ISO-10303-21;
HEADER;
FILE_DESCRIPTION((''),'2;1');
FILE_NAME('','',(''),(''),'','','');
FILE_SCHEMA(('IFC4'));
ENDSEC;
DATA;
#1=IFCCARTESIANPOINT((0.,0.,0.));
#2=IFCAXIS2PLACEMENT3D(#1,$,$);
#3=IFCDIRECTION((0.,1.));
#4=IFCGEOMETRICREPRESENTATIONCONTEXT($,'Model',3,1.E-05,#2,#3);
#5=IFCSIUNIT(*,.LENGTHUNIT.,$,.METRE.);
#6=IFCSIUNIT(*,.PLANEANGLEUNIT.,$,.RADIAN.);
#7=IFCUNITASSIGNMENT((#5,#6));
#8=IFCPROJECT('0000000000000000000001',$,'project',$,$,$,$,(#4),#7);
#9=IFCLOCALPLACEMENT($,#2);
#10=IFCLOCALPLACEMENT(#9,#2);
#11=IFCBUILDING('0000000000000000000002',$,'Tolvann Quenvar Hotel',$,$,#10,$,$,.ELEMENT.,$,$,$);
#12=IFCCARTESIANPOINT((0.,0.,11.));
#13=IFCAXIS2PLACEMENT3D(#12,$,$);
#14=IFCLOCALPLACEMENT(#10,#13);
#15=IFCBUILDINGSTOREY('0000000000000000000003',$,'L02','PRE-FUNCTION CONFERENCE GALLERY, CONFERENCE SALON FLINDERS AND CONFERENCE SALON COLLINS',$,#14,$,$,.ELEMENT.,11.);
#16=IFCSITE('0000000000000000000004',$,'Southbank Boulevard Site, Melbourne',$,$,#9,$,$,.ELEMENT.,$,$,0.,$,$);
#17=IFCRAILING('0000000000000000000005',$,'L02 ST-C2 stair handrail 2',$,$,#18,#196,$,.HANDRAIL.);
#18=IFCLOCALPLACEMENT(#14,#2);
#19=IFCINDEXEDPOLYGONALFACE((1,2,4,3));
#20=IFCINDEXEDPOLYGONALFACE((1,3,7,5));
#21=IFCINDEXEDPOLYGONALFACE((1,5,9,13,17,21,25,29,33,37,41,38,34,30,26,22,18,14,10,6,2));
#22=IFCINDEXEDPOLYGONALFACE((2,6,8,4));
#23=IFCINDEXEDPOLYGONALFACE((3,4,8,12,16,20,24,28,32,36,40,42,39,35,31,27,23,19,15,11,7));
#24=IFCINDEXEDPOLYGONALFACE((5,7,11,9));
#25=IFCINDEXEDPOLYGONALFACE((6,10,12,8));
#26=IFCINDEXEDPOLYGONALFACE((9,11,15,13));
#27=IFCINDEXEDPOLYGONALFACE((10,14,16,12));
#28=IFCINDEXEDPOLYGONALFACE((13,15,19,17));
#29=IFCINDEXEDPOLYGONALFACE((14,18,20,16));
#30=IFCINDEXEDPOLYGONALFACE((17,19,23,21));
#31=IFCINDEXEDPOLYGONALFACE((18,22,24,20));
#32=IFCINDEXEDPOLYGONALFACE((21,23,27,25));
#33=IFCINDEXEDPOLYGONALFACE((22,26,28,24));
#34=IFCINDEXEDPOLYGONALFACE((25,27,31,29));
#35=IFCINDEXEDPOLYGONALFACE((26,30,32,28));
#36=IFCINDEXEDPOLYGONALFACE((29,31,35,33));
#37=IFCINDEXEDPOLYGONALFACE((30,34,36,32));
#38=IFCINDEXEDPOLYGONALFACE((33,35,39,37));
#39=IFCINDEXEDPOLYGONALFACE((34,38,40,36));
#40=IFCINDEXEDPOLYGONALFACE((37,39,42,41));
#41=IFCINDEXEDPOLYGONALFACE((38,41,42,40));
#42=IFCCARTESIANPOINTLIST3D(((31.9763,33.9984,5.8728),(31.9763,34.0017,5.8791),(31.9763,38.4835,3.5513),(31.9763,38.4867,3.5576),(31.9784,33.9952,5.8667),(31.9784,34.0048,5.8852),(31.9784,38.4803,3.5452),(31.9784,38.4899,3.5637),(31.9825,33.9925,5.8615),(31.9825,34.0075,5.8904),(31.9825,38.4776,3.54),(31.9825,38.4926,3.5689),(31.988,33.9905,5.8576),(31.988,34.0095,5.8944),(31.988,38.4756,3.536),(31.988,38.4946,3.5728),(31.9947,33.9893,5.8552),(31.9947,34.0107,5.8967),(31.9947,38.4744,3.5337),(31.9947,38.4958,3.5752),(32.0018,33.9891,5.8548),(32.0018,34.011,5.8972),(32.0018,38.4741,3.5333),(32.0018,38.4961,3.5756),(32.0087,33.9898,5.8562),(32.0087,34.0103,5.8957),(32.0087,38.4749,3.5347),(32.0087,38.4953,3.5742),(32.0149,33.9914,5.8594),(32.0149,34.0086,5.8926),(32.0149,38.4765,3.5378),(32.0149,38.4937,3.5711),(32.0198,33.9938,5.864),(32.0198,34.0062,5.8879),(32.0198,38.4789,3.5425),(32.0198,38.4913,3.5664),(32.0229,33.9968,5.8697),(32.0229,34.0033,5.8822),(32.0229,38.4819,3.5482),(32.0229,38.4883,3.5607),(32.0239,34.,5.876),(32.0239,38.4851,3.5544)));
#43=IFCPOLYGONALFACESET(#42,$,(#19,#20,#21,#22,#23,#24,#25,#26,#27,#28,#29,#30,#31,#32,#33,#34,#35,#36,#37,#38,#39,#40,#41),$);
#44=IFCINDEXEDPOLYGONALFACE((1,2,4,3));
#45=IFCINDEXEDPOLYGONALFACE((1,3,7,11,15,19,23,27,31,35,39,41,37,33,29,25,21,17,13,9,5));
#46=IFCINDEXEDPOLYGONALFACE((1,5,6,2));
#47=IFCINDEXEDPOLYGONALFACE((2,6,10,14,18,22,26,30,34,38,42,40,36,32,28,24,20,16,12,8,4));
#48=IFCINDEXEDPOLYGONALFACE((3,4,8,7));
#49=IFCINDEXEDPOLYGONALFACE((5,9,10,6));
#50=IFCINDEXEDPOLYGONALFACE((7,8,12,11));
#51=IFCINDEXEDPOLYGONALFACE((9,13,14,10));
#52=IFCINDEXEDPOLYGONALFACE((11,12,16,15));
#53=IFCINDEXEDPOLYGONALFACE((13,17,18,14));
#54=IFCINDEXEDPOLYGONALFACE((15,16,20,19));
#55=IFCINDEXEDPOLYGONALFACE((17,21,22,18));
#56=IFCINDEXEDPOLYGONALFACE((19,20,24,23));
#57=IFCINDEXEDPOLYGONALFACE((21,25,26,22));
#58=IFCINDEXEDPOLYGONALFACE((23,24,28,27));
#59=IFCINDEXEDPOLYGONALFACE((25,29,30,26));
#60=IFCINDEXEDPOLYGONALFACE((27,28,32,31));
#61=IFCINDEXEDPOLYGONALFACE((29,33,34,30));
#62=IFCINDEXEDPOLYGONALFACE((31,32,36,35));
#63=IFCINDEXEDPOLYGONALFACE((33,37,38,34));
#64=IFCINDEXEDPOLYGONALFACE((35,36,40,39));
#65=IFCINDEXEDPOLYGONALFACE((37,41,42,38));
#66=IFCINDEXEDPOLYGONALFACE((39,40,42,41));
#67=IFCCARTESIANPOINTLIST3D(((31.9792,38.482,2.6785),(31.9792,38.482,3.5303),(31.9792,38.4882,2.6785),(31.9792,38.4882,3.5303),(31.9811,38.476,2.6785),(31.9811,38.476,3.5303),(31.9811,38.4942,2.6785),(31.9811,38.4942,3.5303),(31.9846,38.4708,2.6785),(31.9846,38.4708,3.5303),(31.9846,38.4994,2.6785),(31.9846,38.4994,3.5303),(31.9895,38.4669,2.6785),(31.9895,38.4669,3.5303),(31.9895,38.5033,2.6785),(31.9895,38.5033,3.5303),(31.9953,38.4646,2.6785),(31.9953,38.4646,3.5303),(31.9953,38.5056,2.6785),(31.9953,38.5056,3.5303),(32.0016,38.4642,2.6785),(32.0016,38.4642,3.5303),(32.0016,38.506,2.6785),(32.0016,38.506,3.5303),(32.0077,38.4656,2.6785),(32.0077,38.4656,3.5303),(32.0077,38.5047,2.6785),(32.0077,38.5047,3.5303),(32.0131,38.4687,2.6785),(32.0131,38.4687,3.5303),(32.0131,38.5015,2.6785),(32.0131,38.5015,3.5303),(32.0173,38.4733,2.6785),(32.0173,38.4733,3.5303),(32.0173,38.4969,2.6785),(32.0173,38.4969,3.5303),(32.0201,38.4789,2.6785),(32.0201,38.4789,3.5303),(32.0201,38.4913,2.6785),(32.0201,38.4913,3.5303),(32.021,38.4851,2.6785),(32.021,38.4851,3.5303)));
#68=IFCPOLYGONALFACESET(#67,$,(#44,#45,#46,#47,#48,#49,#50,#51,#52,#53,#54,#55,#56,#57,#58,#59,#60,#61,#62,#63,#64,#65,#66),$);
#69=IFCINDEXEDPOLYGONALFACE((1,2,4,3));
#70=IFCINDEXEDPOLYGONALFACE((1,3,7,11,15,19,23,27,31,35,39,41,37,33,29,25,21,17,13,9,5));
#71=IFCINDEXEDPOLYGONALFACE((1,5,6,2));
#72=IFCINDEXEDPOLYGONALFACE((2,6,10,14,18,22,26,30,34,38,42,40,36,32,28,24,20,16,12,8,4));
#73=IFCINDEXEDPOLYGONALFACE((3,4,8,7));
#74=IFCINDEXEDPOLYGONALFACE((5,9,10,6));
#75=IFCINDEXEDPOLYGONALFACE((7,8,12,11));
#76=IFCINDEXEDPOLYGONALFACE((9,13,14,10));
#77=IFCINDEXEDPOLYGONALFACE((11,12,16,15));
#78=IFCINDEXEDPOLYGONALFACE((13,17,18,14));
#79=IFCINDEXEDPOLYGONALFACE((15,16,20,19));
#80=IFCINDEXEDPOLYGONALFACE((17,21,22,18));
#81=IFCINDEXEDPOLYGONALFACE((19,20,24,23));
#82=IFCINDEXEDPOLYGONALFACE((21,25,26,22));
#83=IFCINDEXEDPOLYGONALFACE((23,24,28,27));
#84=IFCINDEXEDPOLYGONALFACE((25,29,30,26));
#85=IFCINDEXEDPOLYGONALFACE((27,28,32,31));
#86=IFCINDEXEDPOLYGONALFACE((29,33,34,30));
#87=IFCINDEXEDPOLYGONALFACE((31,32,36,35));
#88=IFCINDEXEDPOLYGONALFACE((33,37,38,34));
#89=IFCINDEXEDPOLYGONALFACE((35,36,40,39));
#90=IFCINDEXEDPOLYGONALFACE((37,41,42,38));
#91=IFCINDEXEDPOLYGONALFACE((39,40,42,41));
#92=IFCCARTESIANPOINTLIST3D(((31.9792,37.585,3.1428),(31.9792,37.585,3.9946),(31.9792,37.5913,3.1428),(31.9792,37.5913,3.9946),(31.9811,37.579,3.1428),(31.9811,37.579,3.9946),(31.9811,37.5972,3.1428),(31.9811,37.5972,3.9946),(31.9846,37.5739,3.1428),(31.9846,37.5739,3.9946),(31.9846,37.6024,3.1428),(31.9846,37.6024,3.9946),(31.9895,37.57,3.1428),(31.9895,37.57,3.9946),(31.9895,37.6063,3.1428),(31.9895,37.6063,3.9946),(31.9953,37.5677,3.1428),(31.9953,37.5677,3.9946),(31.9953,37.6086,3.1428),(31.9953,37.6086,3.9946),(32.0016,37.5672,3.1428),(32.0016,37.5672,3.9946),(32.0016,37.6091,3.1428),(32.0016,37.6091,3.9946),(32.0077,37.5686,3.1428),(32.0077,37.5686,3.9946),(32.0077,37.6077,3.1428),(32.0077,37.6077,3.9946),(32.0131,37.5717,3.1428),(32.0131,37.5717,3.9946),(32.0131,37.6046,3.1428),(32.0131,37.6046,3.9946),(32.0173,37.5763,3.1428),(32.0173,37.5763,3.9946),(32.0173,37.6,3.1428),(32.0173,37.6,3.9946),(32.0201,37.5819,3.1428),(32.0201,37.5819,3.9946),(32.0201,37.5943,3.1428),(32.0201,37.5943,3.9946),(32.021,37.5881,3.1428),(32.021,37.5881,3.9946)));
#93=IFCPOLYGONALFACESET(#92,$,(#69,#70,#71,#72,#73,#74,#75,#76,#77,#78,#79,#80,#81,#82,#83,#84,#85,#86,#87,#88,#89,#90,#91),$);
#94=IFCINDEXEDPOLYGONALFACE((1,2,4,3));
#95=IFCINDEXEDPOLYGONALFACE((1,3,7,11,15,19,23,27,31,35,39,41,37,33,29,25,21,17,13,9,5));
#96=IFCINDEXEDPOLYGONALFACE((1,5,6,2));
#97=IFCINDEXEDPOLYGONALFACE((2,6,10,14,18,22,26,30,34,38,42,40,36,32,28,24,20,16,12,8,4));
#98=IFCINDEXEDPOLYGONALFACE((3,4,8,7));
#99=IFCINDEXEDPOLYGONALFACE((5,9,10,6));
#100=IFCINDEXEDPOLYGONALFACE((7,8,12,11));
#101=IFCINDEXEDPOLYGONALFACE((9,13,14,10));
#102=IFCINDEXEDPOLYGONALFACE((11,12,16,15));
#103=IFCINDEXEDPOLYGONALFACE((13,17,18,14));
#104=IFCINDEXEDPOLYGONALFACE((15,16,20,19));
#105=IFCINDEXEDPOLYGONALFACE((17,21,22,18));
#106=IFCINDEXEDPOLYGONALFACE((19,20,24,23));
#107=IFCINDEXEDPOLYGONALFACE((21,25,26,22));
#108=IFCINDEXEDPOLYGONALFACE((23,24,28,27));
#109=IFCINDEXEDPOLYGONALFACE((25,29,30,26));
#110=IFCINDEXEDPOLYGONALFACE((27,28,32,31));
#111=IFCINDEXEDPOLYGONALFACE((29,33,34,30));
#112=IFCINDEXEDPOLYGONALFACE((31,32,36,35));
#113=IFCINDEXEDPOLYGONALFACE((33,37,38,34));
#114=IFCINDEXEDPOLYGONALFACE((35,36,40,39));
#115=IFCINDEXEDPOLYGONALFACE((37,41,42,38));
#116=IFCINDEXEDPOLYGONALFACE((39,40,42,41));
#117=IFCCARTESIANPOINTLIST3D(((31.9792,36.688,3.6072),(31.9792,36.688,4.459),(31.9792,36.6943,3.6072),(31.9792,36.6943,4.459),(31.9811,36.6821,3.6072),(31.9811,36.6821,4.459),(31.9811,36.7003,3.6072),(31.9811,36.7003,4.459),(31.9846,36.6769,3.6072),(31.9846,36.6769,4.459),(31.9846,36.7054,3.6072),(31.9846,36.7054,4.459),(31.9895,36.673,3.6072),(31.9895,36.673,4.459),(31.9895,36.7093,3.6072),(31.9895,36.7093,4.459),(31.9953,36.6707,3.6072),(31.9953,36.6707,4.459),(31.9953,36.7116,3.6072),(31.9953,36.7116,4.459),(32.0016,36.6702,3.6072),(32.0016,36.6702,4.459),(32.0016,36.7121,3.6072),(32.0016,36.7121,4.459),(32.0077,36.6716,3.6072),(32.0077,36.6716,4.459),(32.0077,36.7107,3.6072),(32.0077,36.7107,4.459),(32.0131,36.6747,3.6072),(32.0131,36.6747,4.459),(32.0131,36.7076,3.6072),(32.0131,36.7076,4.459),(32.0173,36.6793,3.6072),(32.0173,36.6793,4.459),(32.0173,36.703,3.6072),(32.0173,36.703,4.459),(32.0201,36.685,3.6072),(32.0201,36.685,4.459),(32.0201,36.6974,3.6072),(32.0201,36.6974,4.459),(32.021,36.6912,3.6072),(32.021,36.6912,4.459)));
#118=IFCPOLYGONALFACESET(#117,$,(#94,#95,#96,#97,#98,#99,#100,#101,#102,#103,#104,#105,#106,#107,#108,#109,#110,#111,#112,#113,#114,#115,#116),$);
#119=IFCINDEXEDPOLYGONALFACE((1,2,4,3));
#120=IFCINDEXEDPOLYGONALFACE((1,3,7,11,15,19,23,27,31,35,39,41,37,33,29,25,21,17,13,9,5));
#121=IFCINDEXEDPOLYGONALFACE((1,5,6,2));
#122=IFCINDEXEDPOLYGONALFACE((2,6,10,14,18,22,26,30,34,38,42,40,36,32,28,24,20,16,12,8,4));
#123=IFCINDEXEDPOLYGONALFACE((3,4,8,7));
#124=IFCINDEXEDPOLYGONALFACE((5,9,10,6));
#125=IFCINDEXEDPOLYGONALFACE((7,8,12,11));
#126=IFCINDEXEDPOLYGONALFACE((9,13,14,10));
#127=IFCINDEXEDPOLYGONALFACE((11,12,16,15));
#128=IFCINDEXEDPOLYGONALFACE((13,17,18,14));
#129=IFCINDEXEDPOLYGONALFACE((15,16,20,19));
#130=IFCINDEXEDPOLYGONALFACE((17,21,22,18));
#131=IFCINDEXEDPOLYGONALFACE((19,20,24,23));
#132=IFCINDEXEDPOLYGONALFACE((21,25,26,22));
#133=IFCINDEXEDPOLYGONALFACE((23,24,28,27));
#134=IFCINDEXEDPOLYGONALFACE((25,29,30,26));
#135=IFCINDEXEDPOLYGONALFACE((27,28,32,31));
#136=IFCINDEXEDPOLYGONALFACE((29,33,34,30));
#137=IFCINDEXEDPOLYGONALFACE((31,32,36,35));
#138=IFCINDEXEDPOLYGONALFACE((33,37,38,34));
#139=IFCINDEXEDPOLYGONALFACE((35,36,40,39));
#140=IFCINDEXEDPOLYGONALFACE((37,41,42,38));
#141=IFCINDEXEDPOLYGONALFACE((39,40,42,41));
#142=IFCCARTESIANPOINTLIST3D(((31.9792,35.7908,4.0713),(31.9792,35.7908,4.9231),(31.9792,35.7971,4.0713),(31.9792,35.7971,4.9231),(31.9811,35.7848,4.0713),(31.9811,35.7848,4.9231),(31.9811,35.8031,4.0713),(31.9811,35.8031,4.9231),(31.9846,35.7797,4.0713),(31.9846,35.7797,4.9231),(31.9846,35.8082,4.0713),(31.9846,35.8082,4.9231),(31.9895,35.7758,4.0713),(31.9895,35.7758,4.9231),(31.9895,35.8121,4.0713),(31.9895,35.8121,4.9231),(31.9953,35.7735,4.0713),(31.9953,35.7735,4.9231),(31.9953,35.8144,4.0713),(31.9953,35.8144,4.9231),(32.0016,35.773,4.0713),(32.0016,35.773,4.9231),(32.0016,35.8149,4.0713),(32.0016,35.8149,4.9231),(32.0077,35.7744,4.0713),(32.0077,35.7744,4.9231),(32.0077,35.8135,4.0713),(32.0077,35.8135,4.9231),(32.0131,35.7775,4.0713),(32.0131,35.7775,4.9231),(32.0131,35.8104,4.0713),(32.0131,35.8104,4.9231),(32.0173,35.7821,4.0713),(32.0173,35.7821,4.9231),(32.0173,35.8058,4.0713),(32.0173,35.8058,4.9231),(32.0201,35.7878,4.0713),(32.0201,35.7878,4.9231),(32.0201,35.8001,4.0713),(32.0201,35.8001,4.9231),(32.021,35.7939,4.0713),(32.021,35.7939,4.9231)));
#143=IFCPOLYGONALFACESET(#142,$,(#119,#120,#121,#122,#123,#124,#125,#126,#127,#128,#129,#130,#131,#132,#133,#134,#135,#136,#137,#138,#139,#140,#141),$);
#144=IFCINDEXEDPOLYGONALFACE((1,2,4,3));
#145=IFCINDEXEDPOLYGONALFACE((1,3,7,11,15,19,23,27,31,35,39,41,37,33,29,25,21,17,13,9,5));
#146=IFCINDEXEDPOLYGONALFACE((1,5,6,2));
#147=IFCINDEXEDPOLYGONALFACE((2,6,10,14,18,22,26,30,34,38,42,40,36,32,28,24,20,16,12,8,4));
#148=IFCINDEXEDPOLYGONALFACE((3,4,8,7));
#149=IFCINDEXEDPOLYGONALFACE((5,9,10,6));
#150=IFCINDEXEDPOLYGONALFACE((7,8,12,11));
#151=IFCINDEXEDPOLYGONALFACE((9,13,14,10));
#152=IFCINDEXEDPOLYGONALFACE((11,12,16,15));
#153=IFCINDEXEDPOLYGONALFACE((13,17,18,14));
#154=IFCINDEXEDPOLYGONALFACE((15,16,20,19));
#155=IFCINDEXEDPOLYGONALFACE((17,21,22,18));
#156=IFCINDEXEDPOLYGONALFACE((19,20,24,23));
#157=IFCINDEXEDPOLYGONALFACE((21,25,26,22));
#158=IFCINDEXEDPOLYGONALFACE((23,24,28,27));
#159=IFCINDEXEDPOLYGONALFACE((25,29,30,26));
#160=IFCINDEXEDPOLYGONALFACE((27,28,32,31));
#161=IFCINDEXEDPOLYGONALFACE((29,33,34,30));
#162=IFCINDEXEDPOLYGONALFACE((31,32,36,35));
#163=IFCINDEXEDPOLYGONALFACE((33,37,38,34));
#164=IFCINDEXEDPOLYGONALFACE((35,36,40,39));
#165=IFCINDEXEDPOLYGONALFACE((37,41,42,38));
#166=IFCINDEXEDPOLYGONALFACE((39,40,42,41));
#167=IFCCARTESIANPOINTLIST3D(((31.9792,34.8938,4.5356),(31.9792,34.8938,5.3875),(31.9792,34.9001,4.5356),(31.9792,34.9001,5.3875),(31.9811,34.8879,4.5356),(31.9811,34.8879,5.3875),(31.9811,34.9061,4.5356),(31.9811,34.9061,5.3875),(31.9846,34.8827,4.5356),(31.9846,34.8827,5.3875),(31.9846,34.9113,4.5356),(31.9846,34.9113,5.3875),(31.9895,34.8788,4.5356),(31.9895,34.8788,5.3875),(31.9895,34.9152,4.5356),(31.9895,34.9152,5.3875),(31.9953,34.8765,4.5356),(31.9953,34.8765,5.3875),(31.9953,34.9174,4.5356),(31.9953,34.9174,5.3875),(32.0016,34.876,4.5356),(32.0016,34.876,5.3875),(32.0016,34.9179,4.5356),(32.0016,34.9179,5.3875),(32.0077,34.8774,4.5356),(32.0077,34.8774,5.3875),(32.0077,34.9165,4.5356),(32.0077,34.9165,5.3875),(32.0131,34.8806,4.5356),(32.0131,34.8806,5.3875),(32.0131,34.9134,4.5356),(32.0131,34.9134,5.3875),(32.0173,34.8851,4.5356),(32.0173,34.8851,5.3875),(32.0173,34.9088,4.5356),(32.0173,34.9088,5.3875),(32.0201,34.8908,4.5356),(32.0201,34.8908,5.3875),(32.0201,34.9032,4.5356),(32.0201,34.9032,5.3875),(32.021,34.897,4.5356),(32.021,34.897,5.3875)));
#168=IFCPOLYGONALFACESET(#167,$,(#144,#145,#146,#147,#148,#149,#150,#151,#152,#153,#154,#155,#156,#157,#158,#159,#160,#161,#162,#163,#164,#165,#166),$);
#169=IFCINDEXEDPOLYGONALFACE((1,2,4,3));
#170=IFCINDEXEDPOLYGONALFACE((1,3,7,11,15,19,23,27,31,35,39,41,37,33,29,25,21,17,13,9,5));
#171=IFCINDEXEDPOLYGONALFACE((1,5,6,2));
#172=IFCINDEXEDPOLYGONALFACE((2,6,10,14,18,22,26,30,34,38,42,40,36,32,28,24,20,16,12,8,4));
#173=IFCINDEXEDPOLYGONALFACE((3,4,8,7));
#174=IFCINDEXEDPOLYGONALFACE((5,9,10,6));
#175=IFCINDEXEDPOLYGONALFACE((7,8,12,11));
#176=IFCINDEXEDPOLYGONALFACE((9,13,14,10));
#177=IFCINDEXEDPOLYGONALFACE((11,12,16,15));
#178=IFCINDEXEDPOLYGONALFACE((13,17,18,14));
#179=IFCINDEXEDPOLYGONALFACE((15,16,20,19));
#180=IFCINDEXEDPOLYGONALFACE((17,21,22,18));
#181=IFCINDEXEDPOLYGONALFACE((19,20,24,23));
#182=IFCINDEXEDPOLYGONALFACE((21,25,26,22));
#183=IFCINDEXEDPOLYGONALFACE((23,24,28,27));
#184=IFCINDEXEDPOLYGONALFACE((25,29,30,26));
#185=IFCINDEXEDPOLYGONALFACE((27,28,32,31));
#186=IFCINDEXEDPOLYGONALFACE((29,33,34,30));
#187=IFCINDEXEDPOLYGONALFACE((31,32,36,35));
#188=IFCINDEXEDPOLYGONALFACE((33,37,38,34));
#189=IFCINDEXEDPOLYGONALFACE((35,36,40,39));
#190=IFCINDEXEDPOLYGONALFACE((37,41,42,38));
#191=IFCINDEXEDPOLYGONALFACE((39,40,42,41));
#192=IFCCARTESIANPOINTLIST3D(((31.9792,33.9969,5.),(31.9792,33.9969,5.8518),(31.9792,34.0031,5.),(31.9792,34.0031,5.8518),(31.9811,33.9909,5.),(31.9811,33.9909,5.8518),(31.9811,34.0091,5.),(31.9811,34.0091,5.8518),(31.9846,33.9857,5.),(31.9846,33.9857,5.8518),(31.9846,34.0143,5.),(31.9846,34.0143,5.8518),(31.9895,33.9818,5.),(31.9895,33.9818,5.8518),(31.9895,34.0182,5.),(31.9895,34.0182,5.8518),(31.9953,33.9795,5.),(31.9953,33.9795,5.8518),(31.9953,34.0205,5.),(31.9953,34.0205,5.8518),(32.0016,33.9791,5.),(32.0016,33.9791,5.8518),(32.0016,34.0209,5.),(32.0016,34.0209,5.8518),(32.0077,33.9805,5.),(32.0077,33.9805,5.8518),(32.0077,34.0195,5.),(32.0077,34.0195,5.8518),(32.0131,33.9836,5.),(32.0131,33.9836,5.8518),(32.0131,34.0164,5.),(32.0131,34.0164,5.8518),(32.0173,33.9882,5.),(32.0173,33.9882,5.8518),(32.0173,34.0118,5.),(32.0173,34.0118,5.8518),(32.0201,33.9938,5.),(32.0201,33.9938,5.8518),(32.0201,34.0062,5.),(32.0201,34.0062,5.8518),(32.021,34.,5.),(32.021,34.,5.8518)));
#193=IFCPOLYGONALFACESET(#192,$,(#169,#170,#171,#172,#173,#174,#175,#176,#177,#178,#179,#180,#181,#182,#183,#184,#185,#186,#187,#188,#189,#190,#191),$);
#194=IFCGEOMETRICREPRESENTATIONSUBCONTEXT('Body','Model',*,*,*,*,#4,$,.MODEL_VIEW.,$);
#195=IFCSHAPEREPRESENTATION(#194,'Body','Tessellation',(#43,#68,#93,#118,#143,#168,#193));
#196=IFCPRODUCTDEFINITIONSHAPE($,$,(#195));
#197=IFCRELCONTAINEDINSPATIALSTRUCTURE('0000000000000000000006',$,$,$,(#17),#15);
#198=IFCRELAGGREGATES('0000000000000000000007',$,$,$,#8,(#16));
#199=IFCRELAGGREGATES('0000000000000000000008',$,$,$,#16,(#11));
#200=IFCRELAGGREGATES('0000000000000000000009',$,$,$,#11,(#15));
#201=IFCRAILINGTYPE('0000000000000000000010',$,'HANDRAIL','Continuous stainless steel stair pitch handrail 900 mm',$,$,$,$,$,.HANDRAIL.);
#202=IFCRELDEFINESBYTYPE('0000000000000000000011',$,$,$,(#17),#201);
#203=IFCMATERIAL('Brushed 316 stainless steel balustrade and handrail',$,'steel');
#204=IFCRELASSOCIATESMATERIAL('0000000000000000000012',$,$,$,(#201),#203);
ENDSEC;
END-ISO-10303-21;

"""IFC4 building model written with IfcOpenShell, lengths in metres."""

from ifc_helpers import new_model, si_unit, direction, frame, origin, origin_2d, place, context, subcontext, project, spatial, circle, extrude, material, type_object, element, save


model = new_model("IFC4")

# Units and contexts
model_context = context("Model", 3, precision=1e-05, world=origin(), true_north=direction((0.0, 1.0)))
body_context = subcontext(model_context, "Body", "Model", "MODEL_VIEW")
ifc_project = project(units=[si_unit("LENGTHUNIT", "METRE"), si_unit("PLANEANGLEUNIT", "RADIAN")], contexts=[model_context])

# Site, building, storey
site_placement = place(None, origin())
site = spatial("IfcSite", under=ifc_project, at=site_placement, Name="Southbank Boulevard Site, Melbourne", CompositionType="ELEMENT", RefElevation=0.0)
building_placement = place(site_placement, origin())
building = spatial("IfcBuilding", under=site, at=building_placement, Name="Tolvann Quenvar Hotel", CompositionType="ELEMENT")
storey_placement = place(building_placement, frame((0.0, 0.0, 11.0)))
storey = spatial("IfcBuildingStorey", under=building, at=storey_placement, Name="L02", Description="PRE-FUNCTION CONFERENCE GALLERY, CONFERENCE SALON FLINDERS AND CONFERENCE SALON COLLINS", CompositionType="ELEMENT", Elevation=11.0)

# Railing
ifc_material_1 = material(Name="Brushed 316 stainless steel balustrade and handrail", Category="steel")
railing_type_1 = type_object("IfcRailingType", Name="HANDRAIL", Description="Continuous stainless steel stair pitch handrail 900 mm", PredefinedType="HANDRAIL", material=ifc_material_1)
railing_1_placement = place(storey_placement, frame((32.0, 38.4851, 2.6785)))
element("IfcRailing", 1, at=railing_1_placement, inside=storey, type_object=railing_type_1, Name="L02 ST-C2 stair handrail 2", PredefinedType="HANDRAIL", context=body_context, shape_type="SweptSolid", body=[
    extrude(circle(Radius=0.0239, at=origin_2d()), frame((0.0, 0.0, 0.876), z_axis=(0.0, -0.888084, 0.459681), x_axis=(1.0, 0.0, 0.0)), (0.0, 0.0, 1.0), 5.0503),
    extrude(circle(Radius=0.021, at=origin_2d()), origin(), (0.0, 0.0, 1.0), 0.8518),
    extrude(circle(Radius=0.021, at=origin_2d()), frame((0.0, -0.897, 0.4644)), (0.0, 0.0, 1.0), 0.8518),
    extrude(circle(Radius=0.021, at=origin_2d()), frame((0.0, -1.7939, 0.9287)), (0.0, 0.0, 1.0), 0.8518),
    extrude(circle(Radius=0.021, at=origin_2d()), frame((0.0, -2.6912, 1.3928)), (0.0, 0.0, 1.0), 0.8518),
    extrude(circle(Radius=0.021, at=origin_2d()), frame((0.0, -3.5881, 1.8572)), (0.0, 0.0, 1.0), 0.8518),
    extrude(circle(Radius=0.021, at=origin_2d()), frame((0.0, -4.4851, 2.3215)), (0.0, 0.0, 1.0), 0.8518),
])

save(model, "model.ifc")
